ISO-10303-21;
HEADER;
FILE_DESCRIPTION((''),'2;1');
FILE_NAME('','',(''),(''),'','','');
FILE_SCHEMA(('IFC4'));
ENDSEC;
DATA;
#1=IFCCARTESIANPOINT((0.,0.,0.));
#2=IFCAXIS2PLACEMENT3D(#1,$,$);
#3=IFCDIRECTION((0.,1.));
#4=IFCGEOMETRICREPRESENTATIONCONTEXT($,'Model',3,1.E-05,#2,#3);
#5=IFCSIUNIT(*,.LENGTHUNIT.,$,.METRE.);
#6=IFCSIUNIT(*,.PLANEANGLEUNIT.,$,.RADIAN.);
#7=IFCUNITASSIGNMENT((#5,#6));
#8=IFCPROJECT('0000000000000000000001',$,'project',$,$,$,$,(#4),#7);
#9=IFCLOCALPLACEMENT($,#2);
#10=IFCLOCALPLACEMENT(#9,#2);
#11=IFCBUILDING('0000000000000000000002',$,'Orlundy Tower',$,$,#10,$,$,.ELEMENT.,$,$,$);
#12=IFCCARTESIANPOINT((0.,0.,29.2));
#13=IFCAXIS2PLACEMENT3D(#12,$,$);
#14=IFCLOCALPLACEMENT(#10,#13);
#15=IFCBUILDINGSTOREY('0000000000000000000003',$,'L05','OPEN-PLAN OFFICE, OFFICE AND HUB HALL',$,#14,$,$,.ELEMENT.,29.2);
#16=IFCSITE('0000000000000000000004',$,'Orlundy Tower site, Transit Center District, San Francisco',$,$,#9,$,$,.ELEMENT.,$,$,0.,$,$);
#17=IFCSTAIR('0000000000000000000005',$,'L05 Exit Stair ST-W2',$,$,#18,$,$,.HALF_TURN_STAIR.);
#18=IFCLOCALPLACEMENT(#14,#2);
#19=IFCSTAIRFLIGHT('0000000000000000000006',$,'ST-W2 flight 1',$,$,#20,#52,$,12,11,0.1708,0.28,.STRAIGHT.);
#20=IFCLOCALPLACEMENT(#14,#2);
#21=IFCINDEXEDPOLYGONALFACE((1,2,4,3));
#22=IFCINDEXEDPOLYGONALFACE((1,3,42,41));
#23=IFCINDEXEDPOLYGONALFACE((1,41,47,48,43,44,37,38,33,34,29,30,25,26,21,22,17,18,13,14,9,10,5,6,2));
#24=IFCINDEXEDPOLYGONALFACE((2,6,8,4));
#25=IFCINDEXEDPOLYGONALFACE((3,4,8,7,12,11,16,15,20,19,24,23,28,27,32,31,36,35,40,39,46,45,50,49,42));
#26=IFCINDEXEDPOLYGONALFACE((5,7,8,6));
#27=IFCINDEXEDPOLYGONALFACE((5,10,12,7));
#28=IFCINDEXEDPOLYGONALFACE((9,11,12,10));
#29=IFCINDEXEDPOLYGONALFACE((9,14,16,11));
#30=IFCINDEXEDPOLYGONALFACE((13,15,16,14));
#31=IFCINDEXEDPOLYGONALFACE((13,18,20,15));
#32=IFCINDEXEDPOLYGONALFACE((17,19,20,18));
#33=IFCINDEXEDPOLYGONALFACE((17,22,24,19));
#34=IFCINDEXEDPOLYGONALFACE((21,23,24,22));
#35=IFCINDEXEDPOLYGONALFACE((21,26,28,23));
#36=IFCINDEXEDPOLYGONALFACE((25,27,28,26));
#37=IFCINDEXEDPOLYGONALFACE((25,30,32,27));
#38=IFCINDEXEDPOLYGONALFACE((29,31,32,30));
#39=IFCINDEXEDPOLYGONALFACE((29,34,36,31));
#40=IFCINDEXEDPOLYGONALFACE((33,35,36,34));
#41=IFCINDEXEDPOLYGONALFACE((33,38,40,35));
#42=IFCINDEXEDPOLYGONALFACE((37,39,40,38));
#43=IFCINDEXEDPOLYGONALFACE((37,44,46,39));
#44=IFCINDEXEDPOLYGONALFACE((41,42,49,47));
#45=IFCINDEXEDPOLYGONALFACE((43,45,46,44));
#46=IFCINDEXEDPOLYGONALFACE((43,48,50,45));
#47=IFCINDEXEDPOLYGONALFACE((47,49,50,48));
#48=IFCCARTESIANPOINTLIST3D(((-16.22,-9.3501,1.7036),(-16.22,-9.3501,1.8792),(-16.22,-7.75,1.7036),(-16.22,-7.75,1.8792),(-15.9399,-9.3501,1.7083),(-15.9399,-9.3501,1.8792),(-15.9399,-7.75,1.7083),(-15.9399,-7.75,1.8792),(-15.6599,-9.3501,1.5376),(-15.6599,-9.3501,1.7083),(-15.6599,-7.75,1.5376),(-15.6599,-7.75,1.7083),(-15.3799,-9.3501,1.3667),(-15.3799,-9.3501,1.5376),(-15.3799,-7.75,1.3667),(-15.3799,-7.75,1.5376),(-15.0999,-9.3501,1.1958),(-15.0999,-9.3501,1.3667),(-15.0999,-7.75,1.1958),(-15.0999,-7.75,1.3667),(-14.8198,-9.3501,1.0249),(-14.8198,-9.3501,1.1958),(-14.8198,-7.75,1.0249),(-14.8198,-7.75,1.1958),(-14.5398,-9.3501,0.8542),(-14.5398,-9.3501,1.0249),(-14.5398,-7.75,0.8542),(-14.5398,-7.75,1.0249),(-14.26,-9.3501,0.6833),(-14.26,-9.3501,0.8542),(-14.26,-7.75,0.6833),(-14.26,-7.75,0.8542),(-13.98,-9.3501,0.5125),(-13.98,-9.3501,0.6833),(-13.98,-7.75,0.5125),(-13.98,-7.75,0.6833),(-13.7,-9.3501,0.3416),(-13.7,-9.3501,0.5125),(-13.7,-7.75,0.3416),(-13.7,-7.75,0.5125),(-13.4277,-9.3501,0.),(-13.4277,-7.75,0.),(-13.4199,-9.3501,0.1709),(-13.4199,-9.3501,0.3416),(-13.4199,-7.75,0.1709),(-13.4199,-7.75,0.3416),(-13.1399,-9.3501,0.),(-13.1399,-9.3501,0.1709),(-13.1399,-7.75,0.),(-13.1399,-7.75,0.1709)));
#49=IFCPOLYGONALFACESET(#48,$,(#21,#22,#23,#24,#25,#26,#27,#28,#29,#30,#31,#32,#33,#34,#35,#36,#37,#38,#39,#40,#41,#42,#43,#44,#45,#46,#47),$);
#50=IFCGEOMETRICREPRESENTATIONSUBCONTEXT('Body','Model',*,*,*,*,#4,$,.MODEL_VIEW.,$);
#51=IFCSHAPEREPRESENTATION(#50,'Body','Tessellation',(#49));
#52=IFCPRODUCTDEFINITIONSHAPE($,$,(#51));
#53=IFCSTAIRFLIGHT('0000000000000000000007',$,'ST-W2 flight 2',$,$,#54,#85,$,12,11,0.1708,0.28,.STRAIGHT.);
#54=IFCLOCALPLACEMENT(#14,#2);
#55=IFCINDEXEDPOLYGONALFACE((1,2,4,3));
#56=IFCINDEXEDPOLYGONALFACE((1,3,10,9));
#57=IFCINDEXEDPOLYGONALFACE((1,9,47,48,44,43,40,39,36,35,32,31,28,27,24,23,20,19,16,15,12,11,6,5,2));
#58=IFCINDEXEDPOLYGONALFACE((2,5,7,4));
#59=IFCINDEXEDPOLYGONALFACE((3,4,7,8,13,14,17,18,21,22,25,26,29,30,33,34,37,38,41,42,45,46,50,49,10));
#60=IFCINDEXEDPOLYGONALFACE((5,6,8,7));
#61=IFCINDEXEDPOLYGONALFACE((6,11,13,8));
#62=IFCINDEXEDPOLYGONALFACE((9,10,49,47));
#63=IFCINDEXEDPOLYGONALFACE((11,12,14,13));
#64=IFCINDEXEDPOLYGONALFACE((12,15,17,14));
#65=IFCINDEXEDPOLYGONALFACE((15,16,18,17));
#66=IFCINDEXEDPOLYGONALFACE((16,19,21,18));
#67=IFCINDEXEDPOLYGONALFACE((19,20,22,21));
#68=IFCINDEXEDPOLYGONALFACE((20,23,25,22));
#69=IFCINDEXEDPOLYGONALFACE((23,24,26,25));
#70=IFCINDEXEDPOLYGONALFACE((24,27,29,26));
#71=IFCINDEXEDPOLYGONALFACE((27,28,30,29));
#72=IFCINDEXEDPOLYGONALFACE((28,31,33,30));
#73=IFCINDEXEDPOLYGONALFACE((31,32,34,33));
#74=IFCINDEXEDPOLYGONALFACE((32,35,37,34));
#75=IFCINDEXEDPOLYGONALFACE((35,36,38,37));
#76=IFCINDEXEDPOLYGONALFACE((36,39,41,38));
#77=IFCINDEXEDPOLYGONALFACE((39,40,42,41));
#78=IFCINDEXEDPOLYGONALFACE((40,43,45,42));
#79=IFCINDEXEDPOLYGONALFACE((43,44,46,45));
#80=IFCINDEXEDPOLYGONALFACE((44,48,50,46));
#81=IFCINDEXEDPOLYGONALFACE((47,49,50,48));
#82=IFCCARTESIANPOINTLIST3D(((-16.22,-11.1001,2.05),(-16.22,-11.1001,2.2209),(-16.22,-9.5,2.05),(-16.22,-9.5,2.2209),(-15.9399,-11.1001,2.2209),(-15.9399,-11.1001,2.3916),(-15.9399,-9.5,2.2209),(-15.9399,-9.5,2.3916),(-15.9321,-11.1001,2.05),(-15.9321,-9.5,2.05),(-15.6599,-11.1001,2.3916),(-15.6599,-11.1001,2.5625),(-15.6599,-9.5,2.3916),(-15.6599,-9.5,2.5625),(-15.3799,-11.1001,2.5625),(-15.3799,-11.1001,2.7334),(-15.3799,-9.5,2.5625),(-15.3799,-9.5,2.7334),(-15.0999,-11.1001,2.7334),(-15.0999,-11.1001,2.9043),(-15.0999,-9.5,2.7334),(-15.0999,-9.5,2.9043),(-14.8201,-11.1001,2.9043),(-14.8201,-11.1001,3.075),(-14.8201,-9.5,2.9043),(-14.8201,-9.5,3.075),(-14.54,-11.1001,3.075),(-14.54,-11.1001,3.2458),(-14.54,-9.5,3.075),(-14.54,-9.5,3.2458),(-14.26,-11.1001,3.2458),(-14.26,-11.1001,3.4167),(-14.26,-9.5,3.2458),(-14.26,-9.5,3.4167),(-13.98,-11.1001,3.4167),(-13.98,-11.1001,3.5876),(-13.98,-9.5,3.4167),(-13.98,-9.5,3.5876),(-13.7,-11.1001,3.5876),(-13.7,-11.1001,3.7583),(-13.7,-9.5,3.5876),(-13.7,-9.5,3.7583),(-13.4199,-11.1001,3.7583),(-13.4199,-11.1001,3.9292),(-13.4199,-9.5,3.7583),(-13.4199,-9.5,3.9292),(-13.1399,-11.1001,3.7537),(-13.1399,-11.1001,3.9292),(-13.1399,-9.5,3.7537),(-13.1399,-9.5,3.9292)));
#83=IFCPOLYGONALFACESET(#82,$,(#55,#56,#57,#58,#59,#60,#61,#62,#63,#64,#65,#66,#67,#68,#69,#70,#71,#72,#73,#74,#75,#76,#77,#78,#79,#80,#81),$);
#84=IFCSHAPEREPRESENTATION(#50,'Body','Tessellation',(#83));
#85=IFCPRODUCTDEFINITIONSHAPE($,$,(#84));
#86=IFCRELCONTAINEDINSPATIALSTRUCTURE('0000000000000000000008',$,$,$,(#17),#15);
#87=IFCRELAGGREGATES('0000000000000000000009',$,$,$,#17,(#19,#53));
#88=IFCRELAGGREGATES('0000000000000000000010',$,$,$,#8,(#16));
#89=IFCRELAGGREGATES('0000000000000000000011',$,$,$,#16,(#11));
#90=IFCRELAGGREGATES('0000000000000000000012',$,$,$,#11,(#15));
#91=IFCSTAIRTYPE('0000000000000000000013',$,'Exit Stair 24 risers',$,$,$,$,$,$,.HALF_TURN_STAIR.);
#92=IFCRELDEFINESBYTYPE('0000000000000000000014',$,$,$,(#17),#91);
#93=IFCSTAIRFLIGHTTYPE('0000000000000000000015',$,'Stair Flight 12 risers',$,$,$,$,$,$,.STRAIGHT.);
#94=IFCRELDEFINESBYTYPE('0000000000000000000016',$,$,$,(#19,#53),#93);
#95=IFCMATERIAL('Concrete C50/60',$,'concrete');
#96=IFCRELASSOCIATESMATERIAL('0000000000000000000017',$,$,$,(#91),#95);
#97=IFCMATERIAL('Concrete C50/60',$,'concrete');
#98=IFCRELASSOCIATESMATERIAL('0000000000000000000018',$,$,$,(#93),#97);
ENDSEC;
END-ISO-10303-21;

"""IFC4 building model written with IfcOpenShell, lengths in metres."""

from ifc_helpers import new_model, si_unit, direction, frame, origin, place, context, subcontext, project, spatial, polyline, outline, extrude, material, type_object, element, aggregate, save


model = new_model("IFC4")

# Units and contexts
model_context = context("Model", 3, precision=1e-05, world=origin(), true_north=direction((0.0, 1.0)))
body_context = subcontext(model_context, "Body", "Model", "MODEL_VIEW")
ifc_project = project(units=[si_unit("LENGTHUNIT", "METRE"), si_unit("PLANEANGLEUNIT", "RADIAN")], contexts=[model_context])

# Site, building, storey
site_placement = place(None, origin())
site = spatial("IfcSite", under=ifc_project, at=site_placement, Name="Orlundy Tower site, Transit Center District, San Francisco", CompositionType="ELEMENT", RefElevation=0.0)
building_placement = place(site_placement, origin())
building = spatial("IfcBuilding", under=site, at=building_placement, Name="Orlundy Tower", CompositionType="ELEMENT")
storey_placement = place(building_placement, frame((0.0, 0.0, 29.2)))
storey = spatial("IfcBuildingStorey", under=building, at=storey_placement, Name="L05", Description="OPEN-PLAN OFFICE, OFFICE AND HUB HALL", CompositionType="ELEMENT", Elevation=29.2)

# Stair, stair flights
ifc_material_1 = material(Name="Concrete C50/60", Category="concrete")
stair_type = type_object("IfcStairType", Name="Exit Stair 24 risers", PredefinedType="HALF_TURN_STAIR", material=ifc_material_1)
stair_placement = place(storey_placement, origin())
stair = element("IfcStair", 1, at=stair_placement, inside=storey, type_object=stair_type, Name="L05 Exit Stair ST-W2", PredefinedType="HALF_TURN_STAIR")
ifc_material_2 = material(Name="Concrete C50/60", Category="concrete")
stair_flight_type = type_object("IfcStairFlightType", Name="Stair Flight 12 risers", PredefinedType="STRAIGHT", material=ifc_material_2)
stair_flight_1_placement = place(storey_placement, frame((-13.1399, -8.55, 0.0), z_axis=(0.0, 0.0, 1.0), x_axis=(-1.0, 0.0, 0.0)))
stair_flight_1 = element("IfcStairFlight", 2, at=stair_flight_1_placement, type_object=stair_flight_type, Name="ST-W2 flight 1", NumberOfRisers=12, NumberOfTreads=11, PredefinedType="STRAIGHT", RiserHeight=0.1708, TreadLength=0.28, context=body_context, shape_type="SweptSolid", body=[
    extrude(outline(polyline([(0.0, 0.0), (0.0, 0.1709), (0.28, 0.1709), (0.28, 0.3416), (0.5601, 0.3416), (0.5601, 0.5125), (0.8401, 0.5125), (0.8401, 0.6833), (1.1201, 0.6833), (1.1201, 0.8542), (1.3999, 0.8542), (1.3999, 1.0249), (1.6799, 1.0249), (1.6799, 1.1958), (1.96, 1.1958), (1.96, 1.3667), (2.24, 1.3667), (2.24, 1.5376), (2.52, 1.5376), (2.52, 1.7083), (2.8, 1.7083), (2.8, 1.8792), (3.0801, 1.8792), (3.0801, 2.05), (3.0801, 1.7036), (0.2878, 0.0), (0.0, 0.0)])), frame((0.0, 0.8, 0.0), z_axis=(0.0, -1.0, 0.0), x_axis=(1.0, 0.0, 0.0)), (0.0, 0.0, 1.0), 1.6001),
])
stair_flight_2_placement = place(storey_placement, frame((-16.22, -10.3, 2.05), z_axis=(0.0, 0.0, 1.0), x_axis=(1.0, 0.0, 0.0)))
stair_flight_2 = element("IfcStairFlight", 3, at=stair_flight_2_placement, type_object=stair_flight_type, Name="ST-W2 flight 2", NumberOfRisers=12, NumberOfTreads=11, PredefinedType="STRAIGHT", RiserHeight=0.1708, TreadLength=0.28, context=body_context, shape_type="SweptSolid", body=[
    extrude(outline(polyline([(0.0, 0.0), (0.0, 0.1709), (0.28, 0.1709), (0.28, 0.3416), (0.5601, 0.3416), (0.5601, 0.5125), (0.8401, 0.5125), (0.8401, 0.6833), (1.1201, 0.6833), (1.1201, 0.8542), (1.3999, 0.8542), (1.3999, 1.0249), (1.6799, 1.0249), (1.6799, 1.1958), (1.96, 1.1958), (1.96, 1.3667), (2.24, 1.3667), (2.24, 1.5376), (2.52, 1.5376), (2.52, 1.7083), (2.8, 1.7083), (2.8, 1.8792), (3.0801, 1.8792), (3.0801, 2.05), (3.0801, 1.7036), (0.2878, 0.0), (0.0, 0.0)])), frame((0.0, 0.8, 0.0), z_axis=(0.0, -1.0, 0.0), x_axis=(1.0, 0.0, 0.0)), (0.0, 0.0, 1.0), 1.6001),
])
aggregate(stair, [stair_flight_1, stair_flight_2])

save(model, "model.ifc")
